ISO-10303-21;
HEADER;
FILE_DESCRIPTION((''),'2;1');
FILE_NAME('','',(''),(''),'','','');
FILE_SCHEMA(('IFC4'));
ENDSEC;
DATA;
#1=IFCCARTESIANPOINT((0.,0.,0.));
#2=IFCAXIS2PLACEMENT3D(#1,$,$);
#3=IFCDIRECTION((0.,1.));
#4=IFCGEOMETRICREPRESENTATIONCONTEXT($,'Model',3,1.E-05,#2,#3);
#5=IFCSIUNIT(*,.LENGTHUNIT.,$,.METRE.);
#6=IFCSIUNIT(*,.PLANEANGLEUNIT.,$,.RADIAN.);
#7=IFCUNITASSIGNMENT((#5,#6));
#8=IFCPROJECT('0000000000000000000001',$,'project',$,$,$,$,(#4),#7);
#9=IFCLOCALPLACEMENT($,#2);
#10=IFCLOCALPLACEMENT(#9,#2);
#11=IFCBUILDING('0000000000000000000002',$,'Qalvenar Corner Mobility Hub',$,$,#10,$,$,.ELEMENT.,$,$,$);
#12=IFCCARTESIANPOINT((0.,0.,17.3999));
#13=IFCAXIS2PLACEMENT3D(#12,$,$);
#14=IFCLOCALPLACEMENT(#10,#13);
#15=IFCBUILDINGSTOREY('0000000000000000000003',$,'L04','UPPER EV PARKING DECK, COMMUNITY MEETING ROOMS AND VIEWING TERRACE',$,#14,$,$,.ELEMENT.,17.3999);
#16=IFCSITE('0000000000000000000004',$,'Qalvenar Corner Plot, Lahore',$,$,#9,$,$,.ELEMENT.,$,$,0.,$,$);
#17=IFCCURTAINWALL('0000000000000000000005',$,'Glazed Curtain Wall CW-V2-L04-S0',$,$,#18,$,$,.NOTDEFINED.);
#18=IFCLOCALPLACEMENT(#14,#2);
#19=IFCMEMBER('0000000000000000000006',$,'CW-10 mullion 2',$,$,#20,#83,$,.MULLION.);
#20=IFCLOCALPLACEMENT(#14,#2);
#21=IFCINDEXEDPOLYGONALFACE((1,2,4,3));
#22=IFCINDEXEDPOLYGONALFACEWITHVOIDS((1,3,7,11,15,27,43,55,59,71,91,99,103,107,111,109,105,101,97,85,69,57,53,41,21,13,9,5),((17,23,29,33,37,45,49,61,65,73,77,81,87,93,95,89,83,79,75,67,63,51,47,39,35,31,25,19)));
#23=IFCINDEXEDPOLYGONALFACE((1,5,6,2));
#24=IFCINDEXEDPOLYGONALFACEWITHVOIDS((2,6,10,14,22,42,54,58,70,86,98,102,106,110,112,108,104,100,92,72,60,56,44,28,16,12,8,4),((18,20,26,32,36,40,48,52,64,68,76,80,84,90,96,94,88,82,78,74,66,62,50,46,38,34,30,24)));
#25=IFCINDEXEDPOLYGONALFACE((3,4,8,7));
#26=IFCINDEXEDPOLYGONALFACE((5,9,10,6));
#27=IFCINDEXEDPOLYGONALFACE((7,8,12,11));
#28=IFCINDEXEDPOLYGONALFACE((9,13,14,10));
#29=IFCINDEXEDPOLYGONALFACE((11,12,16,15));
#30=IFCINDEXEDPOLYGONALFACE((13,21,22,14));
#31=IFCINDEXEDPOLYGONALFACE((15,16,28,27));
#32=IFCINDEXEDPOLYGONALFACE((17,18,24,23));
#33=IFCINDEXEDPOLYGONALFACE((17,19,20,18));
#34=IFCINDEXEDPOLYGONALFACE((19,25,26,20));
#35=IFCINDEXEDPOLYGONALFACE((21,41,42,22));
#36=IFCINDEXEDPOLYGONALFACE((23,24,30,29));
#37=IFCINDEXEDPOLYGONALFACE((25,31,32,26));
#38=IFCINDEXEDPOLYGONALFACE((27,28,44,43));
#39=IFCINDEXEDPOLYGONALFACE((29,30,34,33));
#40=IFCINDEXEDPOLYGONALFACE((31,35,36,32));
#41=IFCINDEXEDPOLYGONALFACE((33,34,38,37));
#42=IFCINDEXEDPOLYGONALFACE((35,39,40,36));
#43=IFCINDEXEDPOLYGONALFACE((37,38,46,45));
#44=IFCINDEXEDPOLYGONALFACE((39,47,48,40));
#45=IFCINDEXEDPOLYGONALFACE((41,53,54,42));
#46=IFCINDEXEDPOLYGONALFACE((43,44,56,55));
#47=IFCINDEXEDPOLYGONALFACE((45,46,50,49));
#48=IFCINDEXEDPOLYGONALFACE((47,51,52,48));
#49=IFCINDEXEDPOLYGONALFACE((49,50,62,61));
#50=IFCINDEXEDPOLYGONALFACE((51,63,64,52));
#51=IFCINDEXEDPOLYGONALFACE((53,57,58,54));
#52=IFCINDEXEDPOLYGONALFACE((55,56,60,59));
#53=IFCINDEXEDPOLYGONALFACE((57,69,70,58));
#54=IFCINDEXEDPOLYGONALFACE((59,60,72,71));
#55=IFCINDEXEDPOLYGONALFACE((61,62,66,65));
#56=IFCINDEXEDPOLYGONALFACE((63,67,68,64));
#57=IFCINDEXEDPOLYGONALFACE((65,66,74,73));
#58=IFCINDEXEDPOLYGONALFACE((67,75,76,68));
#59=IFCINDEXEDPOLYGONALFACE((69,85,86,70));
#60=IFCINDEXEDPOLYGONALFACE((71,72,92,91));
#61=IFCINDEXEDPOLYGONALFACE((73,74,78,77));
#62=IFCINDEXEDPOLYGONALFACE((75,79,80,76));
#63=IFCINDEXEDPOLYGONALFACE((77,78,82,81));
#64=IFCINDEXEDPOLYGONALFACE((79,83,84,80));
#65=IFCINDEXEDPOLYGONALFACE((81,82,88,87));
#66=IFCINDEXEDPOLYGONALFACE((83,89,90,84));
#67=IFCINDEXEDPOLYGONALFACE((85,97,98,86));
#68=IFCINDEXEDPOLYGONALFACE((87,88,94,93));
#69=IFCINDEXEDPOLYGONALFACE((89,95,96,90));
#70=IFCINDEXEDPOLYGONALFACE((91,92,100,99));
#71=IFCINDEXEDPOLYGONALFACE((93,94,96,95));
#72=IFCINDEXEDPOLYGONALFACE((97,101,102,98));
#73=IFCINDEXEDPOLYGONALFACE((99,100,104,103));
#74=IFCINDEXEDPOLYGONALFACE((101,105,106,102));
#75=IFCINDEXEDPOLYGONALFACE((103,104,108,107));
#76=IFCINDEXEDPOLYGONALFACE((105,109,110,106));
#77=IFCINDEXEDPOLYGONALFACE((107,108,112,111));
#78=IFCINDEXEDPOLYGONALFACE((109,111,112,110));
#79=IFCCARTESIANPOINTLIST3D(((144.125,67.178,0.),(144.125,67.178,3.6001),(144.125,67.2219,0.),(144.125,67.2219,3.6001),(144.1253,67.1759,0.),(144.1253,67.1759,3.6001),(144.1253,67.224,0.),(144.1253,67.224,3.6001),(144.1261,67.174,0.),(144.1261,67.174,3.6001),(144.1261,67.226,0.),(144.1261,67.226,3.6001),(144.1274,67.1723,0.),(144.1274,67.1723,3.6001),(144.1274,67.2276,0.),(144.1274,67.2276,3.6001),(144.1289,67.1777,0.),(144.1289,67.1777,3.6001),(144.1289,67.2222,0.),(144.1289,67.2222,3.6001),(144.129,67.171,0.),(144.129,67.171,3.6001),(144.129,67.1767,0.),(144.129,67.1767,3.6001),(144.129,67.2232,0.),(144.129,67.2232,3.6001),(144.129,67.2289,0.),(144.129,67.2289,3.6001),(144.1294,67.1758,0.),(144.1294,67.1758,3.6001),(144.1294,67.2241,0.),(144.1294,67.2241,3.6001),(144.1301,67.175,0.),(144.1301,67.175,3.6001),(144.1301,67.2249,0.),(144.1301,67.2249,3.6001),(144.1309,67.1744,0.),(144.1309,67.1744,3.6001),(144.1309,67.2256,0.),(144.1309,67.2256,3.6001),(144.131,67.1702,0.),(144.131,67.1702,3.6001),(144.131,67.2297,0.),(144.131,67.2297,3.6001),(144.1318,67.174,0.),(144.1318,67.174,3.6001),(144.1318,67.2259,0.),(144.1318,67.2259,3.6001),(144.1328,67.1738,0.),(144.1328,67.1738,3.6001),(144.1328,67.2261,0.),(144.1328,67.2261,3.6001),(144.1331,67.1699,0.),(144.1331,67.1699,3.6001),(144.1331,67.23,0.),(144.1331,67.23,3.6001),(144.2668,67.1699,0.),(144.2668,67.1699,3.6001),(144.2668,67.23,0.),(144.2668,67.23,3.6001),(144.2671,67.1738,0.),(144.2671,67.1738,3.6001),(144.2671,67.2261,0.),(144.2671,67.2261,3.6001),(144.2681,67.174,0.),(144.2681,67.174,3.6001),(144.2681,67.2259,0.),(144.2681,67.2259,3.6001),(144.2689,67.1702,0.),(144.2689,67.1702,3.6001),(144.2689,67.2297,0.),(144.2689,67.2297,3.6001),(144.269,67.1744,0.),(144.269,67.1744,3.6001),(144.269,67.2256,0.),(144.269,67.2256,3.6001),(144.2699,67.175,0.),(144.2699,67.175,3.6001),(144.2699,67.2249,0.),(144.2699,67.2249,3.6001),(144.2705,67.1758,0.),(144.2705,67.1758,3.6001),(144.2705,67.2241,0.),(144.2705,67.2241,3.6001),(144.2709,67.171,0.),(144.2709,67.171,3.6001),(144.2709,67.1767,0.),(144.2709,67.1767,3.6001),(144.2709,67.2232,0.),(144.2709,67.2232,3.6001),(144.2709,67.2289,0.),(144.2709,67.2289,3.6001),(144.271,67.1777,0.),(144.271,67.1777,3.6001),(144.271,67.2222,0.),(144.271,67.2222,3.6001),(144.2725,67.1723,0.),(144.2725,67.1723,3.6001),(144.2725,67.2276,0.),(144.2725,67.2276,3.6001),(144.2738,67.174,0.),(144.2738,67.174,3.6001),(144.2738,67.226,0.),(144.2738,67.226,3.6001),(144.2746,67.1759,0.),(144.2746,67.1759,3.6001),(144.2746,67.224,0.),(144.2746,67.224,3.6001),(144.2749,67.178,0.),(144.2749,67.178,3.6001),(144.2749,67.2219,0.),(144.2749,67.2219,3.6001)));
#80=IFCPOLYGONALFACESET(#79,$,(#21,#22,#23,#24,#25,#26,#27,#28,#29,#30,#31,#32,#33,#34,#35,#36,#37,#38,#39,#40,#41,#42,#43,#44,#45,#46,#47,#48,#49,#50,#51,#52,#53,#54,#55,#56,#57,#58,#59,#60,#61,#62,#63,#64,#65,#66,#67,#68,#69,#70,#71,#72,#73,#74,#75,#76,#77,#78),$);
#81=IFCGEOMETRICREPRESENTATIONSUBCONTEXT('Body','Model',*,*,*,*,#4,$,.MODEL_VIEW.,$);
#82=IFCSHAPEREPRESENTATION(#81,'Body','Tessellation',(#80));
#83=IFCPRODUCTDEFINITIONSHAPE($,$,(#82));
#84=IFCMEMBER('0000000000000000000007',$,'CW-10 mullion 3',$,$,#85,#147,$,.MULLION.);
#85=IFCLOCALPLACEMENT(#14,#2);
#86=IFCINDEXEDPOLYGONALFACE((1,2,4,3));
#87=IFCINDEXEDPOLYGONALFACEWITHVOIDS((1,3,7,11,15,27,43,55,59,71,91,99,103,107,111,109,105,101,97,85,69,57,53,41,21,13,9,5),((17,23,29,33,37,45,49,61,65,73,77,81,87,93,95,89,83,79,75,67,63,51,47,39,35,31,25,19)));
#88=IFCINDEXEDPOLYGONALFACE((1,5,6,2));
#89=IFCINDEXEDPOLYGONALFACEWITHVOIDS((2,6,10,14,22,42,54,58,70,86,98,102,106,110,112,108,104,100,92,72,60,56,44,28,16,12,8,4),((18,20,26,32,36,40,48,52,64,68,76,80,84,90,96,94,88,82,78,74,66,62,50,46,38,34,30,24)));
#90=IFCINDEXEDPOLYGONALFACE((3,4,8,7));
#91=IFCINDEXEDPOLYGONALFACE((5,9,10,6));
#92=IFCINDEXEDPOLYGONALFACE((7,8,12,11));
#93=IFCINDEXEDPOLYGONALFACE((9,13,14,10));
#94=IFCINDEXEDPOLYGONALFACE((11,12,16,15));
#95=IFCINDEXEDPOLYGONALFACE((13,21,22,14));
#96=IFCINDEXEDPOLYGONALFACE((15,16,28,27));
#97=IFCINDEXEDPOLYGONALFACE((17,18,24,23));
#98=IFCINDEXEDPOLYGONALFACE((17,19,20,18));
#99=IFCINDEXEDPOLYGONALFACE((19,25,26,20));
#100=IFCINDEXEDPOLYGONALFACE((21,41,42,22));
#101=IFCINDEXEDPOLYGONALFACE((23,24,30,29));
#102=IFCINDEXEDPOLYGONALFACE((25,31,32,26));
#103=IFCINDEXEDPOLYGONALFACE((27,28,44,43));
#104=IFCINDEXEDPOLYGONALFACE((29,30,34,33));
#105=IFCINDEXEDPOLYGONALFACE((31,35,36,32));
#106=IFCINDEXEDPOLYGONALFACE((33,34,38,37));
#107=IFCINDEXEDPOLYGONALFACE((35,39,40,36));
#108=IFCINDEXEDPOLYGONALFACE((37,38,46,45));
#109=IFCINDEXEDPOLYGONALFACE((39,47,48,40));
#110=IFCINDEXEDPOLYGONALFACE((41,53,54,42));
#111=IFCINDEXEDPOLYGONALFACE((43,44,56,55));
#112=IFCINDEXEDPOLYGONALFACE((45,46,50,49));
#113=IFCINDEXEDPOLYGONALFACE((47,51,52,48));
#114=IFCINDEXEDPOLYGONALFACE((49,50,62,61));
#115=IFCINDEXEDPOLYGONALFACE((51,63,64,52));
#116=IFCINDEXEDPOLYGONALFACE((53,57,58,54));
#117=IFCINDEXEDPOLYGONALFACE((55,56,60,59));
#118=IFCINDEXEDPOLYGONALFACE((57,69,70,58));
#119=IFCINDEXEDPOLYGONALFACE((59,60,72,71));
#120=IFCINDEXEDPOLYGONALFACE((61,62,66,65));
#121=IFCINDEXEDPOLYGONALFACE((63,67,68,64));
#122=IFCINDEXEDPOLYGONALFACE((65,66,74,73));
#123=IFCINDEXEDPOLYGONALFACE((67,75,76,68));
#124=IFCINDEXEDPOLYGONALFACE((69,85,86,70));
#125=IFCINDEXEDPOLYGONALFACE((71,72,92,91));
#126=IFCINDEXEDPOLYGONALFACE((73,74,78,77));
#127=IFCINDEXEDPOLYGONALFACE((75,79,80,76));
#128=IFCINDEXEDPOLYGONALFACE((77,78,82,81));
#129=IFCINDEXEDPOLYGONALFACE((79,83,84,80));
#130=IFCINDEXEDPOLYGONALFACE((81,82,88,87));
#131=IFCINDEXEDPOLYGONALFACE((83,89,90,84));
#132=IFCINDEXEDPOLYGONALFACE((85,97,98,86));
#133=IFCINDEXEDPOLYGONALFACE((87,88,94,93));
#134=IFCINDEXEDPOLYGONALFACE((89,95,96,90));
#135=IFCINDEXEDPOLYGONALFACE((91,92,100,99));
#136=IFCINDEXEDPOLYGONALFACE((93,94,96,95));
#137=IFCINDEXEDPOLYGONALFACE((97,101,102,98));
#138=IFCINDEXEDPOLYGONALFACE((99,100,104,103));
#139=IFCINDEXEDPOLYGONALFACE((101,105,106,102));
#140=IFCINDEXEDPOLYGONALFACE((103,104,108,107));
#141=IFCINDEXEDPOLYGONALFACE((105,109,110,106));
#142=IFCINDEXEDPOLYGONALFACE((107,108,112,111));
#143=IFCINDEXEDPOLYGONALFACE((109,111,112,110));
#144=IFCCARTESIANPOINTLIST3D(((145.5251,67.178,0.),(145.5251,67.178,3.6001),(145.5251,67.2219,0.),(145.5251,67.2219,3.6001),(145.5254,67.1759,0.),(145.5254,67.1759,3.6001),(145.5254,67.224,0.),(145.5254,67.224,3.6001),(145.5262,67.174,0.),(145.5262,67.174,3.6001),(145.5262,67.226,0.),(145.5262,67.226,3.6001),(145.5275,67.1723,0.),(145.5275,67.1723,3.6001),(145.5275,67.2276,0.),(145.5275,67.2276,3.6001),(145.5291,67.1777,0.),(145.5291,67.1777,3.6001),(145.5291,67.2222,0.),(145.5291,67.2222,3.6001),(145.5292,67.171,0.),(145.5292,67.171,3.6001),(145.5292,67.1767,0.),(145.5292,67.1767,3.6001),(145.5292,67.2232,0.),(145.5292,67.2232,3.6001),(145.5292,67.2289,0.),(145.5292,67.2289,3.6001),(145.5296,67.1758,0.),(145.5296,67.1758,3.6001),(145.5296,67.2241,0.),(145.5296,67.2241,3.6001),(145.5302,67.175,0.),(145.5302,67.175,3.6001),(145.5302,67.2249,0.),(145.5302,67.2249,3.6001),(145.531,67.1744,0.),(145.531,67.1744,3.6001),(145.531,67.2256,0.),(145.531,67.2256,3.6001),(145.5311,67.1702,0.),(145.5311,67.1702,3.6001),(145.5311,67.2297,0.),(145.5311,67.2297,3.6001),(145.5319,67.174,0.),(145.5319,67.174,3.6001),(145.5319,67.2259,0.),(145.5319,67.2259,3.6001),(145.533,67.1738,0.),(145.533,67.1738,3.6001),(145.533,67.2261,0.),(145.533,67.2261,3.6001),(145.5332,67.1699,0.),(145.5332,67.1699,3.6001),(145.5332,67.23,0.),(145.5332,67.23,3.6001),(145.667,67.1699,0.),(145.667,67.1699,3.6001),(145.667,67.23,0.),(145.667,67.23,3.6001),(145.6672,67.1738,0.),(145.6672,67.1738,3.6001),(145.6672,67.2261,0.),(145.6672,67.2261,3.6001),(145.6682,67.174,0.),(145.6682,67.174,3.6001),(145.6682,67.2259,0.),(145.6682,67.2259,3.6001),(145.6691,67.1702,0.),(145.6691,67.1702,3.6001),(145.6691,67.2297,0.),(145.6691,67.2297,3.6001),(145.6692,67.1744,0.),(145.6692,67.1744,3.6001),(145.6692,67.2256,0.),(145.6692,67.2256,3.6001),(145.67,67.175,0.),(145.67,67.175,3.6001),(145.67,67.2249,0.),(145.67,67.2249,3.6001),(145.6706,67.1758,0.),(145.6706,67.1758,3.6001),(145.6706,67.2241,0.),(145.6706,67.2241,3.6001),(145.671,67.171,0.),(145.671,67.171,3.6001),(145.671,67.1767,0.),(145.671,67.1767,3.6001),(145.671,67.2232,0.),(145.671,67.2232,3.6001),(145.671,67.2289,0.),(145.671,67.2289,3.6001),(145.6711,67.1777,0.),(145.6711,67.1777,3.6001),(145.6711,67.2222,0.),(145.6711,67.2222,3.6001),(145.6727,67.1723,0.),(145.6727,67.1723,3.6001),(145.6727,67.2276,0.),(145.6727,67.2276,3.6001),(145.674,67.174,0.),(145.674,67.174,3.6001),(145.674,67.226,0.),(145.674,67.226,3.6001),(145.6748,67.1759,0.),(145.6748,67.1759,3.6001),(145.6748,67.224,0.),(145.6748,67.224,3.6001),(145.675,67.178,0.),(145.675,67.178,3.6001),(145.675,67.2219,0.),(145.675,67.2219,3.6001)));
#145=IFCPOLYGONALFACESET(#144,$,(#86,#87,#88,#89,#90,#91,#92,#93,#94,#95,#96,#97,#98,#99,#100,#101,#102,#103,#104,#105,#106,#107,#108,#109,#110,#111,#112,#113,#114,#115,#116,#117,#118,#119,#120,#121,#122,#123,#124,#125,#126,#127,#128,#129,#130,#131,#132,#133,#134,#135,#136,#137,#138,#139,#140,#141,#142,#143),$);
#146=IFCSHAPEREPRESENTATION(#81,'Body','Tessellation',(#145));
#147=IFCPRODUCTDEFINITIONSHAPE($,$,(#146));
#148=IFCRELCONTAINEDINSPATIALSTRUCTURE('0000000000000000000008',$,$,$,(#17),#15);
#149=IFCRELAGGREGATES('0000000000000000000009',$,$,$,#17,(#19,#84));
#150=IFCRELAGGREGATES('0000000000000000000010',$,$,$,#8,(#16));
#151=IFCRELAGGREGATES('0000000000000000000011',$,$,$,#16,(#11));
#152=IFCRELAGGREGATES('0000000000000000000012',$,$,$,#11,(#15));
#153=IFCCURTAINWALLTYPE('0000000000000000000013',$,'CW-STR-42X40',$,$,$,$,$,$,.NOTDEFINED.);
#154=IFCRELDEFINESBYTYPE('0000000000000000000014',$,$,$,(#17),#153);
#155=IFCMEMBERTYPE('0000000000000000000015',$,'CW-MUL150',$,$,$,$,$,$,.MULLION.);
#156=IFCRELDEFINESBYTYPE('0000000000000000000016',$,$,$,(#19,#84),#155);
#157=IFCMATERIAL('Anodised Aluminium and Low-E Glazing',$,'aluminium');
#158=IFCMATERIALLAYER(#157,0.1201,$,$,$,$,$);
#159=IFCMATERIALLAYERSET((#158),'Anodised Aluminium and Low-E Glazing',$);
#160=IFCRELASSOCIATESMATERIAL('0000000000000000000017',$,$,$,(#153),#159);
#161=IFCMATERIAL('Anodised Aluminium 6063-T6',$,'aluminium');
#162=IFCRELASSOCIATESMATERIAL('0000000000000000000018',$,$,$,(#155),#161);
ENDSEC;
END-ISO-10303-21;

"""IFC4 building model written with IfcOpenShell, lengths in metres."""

from ifc_helpers import new_model, si_unit, direction, frame, origin, origin_2d, place, context, subcontext, project, spatial, hollow_rectangle, extrude, material, layer, layer_set, material_profile, profile_set, type_object, element, aggregate, save


model = new_model("IFC4")

# Units and contexts
model_context = context("Model", 3, precision=1e-05, world=origin(), true_north=direction((0.0, 1.0)))
body_context = subcontext(model_context, "Body", "Model", "MODEL_VIEW")
ifc_project = project(units=[si_unit("LENGTHUNIT", "METRE"), si_unit("PLANEANGLEUNIT", "RADIAN")], contexts=[model_context])

# Site, building, storey
site_placement = place(None, origin())
site = spatial("IfcSite", under=ifc_project, at=site_placement, Name="Qalvenar Corner Plot, Lahore", CompositionType="ELEMENT", RefElevation=0.0)
building_placement = place(site_placement, origin())
building = spatial("IfcBuilding", under=site, at=building_placement, Name="Qalvenar Corner Mobility Hub", CompositionType="ELEMENT")
storey_placement = place(building_placement, frame((0.0, 0.0, 17.3999)))
storey = spatial("IfcBuildingStorey", under=building, at=storey_placement, Name="L04", Description="UPPER EV PARKING DECK, COMMUNITY MEETING ROOMS AND VIEWING TERRACE", CompositionType="ELEMENT", Elevation=17.3999)

# Curtain wall, members
ifc_material_1 = material(Name="Anodised Aluminium and Low-E Glazing", Category="aluminium")
ifc_layer_1 = layer(ifc_material_1, 0.1201)
ifc_layer_set_1 = layer_set([ifc_layer_1], Name="Anodised Aluminium and Low-E Glazing")
curtain_wall_type = type_object("IfcCurtainWallType", Name="CW-STR-42X40", PredefinedType="NOTDEFINED", material=ifc_layer_set_1)
curtain_wall_placement = place(storey_placement, origin())
curtain_wall = element("IfcCurtainWall", 1, at=curtain_wall_placement, inside=storey, type_object=curtain_wall_type, Name="Glazed Curtain Wall CW-V2-L04-S0", PredefinedType="NOTDEFINED")
ifc_material_2 = material(Name="Anodised Aluminium 6063-T6", Category="aluminium")
ifc_material_profile_1 = material_profile(ifc_material_2, hollow_rectangle(XDim=0.0601, YDim=0.1499, WallThickness=0.0039, InnerFilletRadius=0.0039, OuterFilletRadius=0.0081, at=origin_2d()), Name="RHS150x60x4")
ifc_profile_set_1 = profile_set([ifc_material_profile_1], Name="Anodised Aluminium 6063-T6")
member_type_1 = type_object("IfcMemberType", Name="CW-MUL150", PredefinedType="MULLION", material=ifc_profile_set_1)
member_1_placement = place(storey_placement, frame((144.2, 67.2, 0.0), z_axis=(0.0, 0.0, 1.0), x_axis=(0.0, 1.0, 0.0)))
member_1 = element("IfcMember", 2, at=member_1_placement, type_object=member_type_1, Name="CW-10 mullion 2", PredefinedType="MULLION", context=body_context, shape_type="SweptSolid", body=[
    extrude(hollow_rectangle(XDim=0.0601, YDim=0.1499, WallThickness=0.0039, InnerFilletRadius=0.0039, OuterFilletRadius=0.0081, at=origin_2d()), origin(), (0.0, 0.0, 1.0), 3.6001),
])
member_2_placement = place(storey_placement, frame((145.6001, 67.2, 0.0), z_axis=(0.0, 0.0, 1.0), x_axis=(0.0, 1.0, 0.0)))
member_2 = element("IfcMember", 3, at=member_2_placement, type_object=member_type_1, Name="CW-10 mullion 3", PredefinedType="MULLION", context=body_context, shape_type="SweptSolid", body=[
    extrude(hollow_rectangle(XDim=0.0601, YDim=0.1499, WallThickness=0.0039, InnerFilletRadius=0.0039, OuterFilletRadius=0.0081, at=origin_2d()), origin(), (0.0, 0.0, 1.0), 3.6001),
])
aggregate(curtain_wall, [member_1, member_2])

save(model, "model.ifc")
